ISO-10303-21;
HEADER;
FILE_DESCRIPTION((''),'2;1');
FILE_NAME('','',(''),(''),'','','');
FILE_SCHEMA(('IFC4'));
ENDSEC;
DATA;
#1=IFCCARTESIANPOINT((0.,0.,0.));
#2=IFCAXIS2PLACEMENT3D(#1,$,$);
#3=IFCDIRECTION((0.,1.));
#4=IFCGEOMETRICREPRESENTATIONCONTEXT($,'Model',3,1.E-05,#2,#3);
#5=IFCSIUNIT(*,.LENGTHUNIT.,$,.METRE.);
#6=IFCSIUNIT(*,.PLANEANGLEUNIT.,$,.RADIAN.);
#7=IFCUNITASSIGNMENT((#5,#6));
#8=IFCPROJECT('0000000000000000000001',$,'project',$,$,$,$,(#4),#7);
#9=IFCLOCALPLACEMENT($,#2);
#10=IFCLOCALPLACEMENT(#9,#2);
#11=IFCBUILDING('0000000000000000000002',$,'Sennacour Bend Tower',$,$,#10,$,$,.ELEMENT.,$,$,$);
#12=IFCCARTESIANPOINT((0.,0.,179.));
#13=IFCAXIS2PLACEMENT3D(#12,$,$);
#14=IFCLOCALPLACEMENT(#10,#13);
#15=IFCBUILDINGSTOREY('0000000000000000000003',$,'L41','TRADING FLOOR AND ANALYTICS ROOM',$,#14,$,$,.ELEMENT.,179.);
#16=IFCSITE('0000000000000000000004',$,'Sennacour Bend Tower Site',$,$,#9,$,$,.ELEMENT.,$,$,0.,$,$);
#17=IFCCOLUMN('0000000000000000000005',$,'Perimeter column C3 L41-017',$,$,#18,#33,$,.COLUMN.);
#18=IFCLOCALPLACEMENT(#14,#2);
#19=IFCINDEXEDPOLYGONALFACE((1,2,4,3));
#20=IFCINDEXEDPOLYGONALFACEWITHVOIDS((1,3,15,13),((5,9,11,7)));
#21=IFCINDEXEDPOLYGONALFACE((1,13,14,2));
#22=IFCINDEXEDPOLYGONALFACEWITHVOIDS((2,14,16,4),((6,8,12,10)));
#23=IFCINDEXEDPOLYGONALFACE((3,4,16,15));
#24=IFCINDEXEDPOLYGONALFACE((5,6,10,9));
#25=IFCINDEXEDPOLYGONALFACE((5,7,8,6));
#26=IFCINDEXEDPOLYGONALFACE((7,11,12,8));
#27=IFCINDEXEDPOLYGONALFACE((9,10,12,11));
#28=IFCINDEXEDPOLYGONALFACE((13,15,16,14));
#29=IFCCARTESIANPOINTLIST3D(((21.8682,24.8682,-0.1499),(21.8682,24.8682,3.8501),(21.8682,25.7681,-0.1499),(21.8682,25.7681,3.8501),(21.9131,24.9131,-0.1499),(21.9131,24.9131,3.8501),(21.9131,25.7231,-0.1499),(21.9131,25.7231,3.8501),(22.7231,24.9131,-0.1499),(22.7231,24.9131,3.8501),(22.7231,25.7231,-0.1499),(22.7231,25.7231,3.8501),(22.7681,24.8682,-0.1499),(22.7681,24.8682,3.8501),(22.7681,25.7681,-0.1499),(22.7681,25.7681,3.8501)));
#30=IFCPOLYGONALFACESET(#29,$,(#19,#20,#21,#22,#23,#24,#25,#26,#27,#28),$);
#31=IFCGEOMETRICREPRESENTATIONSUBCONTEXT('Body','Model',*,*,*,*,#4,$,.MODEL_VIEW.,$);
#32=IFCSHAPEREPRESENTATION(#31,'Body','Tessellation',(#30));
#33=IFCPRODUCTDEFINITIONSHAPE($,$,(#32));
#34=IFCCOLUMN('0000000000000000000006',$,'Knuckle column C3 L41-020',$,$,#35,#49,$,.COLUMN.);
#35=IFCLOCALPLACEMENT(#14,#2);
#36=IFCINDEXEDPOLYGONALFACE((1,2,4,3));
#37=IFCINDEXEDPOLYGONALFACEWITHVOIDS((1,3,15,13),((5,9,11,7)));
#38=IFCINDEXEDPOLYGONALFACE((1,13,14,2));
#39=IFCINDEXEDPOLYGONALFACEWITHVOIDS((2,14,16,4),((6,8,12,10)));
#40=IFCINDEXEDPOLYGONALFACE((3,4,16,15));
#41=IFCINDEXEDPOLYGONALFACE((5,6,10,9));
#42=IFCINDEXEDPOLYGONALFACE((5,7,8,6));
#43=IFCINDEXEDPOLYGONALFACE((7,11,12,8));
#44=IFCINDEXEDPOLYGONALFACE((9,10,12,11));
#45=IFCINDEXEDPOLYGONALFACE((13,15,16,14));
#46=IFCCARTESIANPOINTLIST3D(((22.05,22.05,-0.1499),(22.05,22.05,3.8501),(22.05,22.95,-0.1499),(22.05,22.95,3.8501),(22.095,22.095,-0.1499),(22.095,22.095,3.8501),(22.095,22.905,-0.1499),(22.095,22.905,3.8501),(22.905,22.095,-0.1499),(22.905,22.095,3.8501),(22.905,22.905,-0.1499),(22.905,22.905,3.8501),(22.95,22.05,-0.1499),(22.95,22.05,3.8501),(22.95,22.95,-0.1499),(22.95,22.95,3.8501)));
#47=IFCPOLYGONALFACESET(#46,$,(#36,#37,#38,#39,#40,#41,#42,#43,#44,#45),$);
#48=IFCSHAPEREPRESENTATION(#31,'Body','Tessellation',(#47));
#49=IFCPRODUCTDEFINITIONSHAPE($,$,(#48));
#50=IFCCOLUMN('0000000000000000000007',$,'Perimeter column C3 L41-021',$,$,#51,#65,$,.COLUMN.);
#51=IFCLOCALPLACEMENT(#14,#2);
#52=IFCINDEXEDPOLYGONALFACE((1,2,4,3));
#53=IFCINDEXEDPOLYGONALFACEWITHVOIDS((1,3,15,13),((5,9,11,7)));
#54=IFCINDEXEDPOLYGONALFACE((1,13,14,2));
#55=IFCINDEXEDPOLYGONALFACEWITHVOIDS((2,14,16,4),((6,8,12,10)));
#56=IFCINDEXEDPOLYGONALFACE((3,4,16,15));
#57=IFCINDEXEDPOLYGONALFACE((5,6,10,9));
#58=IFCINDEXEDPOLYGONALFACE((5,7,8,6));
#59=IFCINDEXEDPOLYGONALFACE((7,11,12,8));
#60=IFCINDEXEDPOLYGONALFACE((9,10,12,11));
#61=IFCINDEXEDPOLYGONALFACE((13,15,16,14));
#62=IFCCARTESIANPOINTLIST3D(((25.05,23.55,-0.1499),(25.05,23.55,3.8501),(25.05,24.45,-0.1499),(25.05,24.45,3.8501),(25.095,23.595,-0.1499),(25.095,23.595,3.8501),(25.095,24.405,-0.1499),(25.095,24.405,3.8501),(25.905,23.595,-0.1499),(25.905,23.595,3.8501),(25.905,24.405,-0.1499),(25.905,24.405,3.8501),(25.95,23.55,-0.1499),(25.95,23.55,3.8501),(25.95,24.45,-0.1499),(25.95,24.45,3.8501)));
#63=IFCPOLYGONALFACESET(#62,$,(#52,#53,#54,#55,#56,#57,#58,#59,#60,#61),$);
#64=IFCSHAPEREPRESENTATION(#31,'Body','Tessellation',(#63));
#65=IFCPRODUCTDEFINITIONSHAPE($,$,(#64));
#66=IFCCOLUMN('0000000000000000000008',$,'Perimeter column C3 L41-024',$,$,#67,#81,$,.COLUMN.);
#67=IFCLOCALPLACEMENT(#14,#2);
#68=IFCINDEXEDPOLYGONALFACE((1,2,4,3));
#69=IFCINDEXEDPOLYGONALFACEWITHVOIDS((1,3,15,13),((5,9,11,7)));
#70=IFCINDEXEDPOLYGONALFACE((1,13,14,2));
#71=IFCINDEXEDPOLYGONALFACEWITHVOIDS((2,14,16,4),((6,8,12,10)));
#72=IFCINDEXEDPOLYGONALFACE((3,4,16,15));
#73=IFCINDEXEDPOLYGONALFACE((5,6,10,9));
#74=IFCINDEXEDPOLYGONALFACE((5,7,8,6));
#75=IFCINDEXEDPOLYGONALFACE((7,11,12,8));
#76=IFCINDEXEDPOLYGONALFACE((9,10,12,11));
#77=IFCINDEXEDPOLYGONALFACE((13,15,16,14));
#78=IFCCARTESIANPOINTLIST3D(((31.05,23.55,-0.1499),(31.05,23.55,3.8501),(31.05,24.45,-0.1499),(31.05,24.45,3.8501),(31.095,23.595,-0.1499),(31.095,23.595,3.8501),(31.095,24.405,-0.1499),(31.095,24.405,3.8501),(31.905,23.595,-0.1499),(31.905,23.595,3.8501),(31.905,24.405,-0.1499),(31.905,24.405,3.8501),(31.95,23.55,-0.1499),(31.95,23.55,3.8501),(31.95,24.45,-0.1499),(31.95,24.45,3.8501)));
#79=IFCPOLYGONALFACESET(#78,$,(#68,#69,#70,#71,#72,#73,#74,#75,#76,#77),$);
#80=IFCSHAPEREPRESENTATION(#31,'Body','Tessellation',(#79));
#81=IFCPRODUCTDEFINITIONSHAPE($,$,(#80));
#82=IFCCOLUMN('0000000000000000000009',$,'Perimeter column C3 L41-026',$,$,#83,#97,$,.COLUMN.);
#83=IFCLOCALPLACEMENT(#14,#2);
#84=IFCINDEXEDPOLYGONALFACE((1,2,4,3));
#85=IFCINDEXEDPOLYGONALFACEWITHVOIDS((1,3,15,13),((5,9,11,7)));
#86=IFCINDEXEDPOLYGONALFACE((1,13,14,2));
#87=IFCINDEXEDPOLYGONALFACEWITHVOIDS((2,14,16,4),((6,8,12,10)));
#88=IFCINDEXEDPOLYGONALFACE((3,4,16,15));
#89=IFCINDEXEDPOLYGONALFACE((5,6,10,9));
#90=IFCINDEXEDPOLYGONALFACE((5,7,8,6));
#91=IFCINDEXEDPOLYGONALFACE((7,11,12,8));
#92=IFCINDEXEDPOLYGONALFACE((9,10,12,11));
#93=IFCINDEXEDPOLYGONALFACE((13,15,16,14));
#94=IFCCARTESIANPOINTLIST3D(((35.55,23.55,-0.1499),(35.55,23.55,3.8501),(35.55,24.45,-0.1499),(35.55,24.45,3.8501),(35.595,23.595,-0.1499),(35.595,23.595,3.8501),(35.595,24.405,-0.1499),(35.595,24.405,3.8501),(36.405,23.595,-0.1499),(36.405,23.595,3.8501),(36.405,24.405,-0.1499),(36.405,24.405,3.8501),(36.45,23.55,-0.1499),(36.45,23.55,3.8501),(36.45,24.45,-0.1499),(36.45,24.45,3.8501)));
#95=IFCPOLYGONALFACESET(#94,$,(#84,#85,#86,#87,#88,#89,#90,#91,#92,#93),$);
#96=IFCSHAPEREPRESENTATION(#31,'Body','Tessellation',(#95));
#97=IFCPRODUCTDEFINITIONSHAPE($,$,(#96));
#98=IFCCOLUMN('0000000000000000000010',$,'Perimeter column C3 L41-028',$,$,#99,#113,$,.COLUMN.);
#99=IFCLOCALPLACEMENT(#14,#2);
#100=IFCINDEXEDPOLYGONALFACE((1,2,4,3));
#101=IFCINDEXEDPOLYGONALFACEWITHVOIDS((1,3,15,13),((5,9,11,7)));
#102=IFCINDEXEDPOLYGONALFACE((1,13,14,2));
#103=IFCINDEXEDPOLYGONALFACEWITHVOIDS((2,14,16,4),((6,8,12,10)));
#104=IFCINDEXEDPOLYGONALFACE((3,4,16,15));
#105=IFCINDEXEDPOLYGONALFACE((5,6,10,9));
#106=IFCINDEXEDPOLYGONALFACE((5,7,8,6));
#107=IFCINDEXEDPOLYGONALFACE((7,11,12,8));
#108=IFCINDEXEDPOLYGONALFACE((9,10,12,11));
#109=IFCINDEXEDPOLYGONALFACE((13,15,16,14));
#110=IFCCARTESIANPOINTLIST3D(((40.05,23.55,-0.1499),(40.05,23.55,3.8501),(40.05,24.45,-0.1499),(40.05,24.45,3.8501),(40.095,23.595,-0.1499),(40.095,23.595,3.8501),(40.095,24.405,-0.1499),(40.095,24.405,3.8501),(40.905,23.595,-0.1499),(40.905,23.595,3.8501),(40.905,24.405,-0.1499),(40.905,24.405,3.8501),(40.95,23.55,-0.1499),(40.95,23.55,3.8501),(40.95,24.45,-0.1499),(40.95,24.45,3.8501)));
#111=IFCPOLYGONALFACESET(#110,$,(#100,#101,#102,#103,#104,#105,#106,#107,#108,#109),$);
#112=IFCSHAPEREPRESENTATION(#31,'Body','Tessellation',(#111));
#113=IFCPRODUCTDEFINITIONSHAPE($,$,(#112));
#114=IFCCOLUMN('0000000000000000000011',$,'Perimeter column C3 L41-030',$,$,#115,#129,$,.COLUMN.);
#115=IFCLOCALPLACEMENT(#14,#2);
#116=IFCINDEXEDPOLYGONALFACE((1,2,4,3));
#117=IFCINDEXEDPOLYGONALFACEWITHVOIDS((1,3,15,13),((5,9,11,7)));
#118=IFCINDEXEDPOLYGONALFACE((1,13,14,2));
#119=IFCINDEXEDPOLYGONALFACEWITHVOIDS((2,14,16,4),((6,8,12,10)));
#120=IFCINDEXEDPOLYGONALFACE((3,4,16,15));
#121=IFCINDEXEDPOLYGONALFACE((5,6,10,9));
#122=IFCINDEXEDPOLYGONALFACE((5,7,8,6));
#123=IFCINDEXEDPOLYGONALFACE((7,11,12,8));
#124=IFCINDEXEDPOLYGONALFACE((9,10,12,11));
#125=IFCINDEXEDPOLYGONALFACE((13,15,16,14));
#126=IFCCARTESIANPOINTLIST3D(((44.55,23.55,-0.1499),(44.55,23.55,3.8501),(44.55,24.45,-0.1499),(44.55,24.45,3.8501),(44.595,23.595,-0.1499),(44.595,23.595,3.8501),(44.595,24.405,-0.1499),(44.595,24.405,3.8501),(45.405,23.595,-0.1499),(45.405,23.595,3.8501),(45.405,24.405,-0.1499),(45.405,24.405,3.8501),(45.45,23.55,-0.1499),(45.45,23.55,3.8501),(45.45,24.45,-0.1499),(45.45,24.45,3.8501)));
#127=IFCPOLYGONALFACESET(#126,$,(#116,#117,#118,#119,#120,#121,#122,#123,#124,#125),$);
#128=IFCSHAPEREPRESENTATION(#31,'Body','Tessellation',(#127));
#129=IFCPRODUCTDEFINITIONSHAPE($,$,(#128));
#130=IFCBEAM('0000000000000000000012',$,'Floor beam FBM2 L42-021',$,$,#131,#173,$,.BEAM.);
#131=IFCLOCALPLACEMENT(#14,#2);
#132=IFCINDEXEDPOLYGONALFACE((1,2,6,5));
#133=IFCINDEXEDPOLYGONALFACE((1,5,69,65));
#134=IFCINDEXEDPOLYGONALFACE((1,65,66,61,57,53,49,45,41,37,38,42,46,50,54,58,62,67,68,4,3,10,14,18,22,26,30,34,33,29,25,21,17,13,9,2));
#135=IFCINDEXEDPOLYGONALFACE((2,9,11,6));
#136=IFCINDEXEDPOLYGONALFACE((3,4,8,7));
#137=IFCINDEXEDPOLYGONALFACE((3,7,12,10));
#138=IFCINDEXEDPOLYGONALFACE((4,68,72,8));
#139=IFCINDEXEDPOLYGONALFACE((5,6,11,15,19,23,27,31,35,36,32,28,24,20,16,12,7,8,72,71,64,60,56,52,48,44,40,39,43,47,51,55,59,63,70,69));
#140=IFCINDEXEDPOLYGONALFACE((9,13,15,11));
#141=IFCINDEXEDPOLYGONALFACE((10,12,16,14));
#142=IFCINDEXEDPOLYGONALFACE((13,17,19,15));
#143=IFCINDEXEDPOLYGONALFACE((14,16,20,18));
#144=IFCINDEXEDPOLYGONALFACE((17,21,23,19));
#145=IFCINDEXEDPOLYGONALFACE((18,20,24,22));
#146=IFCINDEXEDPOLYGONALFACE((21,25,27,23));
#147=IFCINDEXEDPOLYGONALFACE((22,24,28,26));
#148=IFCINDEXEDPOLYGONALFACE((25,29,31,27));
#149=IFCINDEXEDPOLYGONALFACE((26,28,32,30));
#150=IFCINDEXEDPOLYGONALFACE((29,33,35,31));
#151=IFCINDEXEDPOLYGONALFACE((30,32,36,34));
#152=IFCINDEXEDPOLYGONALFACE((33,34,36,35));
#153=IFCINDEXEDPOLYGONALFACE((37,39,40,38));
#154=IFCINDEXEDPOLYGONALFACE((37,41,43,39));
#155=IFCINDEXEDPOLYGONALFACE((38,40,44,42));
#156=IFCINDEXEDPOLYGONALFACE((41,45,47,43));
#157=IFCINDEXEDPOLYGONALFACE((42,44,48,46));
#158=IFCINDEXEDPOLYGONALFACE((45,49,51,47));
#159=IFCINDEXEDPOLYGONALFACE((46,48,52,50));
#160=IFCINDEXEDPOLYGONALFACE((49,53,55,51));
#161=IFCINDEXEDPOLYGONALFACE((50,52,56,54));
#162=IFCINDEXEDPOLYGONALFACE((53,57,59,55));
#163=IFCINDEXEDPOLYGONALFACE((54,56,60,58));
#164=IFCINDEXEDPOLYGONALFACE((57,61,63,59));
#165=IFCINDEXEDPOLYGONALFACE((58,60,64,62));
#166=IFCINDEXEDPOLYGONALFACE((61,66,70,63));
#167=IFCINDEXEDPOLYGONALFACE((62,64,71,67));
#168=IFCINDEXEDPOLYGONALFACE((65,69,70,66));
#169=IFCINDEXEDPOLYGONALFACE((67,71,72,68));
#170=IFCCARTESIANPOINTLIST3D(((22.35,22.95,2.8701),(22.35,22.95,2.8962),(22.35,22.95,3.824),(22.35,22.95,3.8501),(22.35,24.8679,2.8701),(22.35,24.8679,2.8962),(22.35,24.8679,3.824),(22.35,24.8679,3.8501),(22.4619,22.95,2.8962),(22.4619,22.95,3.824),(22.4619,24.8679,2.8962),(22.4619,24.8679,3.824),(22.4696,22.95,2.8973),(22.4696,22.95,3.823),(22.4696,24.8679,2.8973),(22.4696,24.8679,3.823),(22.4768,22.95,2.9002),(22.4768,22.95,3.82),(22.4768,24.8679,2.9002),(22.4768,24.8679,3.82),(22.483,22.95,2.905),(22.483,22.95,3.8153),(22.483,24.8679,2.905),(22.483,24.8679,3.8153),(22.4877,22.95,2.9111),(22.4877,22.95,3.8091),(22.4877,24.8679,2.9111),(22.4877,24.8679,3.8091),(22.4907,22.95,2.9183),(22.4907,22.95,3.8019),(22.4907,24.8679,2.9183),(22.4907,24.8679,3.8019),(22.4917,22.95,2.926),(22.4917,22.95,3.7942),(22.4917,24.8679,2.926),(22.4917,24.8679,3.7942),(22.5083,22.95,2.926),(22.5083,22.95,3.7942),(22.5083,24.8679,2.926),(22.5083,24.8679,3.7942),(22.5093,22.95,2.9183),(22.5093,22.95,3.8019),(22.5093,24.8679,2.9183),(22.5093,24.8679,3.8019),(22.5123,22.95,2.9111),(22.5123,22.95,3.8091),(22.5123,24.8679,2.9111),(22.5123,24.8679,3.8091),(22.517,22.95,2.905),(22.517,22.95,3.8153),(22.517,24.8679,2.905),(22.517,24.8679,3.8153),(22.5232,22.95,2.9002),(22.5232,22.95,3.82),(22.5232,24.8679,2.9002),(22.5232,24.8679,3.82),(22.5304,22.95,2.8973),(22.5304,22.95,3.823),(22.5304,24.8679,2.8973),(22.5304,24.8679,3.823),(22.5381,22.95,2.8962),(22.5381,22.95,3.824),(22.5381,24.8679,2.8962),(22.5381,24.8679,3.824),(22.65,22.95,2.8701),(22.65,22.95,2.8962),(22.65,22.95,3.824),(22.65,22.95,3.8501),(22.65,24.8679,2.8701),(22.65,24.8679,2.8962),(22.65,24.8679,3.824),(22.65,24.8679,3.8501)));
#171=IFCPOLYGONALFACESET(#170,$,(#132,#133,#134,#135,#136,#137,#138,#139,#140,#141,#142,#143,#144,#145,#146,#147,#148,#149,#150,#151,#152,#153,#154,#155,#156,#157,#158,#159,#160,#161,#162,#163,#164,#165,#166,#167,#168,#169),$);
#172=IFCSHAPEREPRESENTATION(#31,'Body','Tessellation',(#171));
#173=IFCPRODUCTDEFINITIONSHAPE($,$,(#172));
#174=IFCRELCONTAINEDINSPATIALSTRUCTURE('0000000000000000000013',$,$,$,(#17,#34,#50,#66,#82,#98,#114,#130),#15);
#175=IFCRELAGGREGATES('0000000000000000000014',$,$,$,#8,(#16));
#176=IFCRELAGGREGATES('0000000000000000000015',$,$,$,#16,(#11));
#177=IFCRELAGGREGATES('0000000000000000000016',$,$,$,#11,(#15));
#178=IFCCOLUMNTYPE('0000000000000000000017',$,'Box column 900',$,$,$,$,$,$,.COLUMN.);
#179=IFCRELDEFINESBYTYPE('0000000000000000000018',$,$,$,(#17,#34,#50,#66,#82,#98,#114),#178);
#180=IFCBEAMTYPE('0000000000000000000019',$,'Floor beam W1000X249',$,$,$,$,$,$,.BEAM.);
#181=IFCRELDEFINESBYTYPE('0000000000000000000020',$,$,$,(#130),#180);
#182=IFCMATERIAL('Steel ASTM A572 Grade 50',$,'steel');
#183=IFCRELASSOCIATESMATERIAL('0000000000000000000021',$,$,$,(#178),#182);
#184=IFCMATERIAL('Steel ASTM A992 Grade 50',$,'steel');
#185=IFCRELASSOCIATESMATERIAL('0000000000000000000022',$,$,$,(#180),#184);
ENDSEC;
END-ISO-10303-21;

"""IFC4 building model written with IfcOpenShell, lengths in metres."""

from ifc_helpers import new_model, si_unit, direction, frame, origin, origin_2d, place, context, subcontext, project, spatial, hollow_rectangle, i_section, extrude, material, material_profile, profile_set, type_object, element, save


model = new_model("IFC4")

# Units and contexts
model_context = context("Model", 3, precision=1e-05, world=origin(), true_north=direction((0.0, 1.0)))
body_context = subcontext(model_context, "Body", "Model", "MODEL_VIEW")
ifc_project = project(units=[si_unit("LENGTHUNIT", "METRE"), si_unit("PLANEANGLEUNIT", "RADIAN")], contexts=[model_context])

# Site, building, storey
site_placement = place(None, origin())
site = spatial("IfcSite", under=ifc_project, at=site_placement, Name="Sennacour Bend Tower Site", CompositionType="ELEMENT", RefElevation=0.0)
building_placement = place(site_placement, origin())
building = spatial("IfcBuilding", under=site, at=building_placement, Name="Sennacour Bend Tower", CompositionType="ELEMENT")
storey_placement = place(building_placement, frame((0.0, 0.0, 179.0)))
storey = spatial("IfcBuildingStorey", under=building, at=storey_placement, Name="L41", Description="TRADING FLOOR AND ANALYTICS ROOM", CompositionType="ELEMENT", Elevation=179.0)

# Columns
ifc_material_1 = material(Name="Steel ASTM A572 Grade 50", Category="steel")
ifc_material_profile_1 = material_profile(ifc_material_1, hollow_rectangle(XDim=0.8999, YDim=0.8999, WallThickness=0.0449, at=origin_2d()), Name="Steel ASTM A572 Grade 50", Category="steel")
ifc_profile_set_1 = profile_set([ifc_material_profile_1], Name="Steel ASTM A572 Grade 50")
column_type = type_object("IfcColumnType", Name="Box column 900", PredefinedType="COLUMN", material=ifc_profile_set_1)
for number, where, z_axis, x_axis, name in (
    (1, (22.3181, 25.3181, -0.1499), (0.0, 0.0, 1.0), (1.0, 0.0, 0.0), "Perimeter column C3 L41-017"),
    (2, (22.5, 22.5, -0.1499), (0.0, 0.0, 1.0), (1.0, 0.0, 0.0), "Knuckle column C3 L41-020"),
    (3, (25.5, 24.0, -0.1499), (0.0, 0.0, 1.0), (1.0, 0.0, 0.0), "Perimeter column C3 L41-021"),
    (4, (31.5, 24.0, -0.1499), (0.0, 0.0, 1.0), (1.0, 0.0, 0.0), "Perimeter column C3 L41-024"),
    (5, (36.0, 24.0, -0.1499), (0.0, 0.0, 1.0), (1.0, 0.0, 0.0), "Perimeter column C3 L41-026"),
    (6, (40.5, 24.0, -0.1499), (0.0, 0.0, 1.0), (1.0, 0.0, 0.0), "Perimeter column C3 L41-028"),
    (7, (45.0, 24.0, -0.1499), (0.0, 0.0, 1.0), (1.0, 0.0, 0.0), "Perimeter column C3 L41-030"),
):
    element("IfcColumn", number, at=place(storey_placement, frame(where, z_axis=z_axis, x_axis=x_axis)), inside=storey, type_object=column_type, Name=name, PredefinedType="COLUMN", context=body_context, shape_type="SweptSolid", body=[
        extrude(hollow_rectangle(XDim=0.8999, YDim=0.8999, WallThickness=0.0449, at=origin_2d()), origin(), (0.0, 0.0, 1.0), 4.0),
    ])

# Beam
ifc_material_2 = material(Name="Steel ASTM A992 Grade 50", Category="steel")
ifc_material_profile_2 = material_profile(ifc_material_2, i_section(OverallWidth=0.3, OverallDepth=0.98, WebThickness=0.0166, FlangeThickness=0.0261, FilletRadius=0.0298, at=origin_2d()), Name="Steel ASTM A992 Grade 50", Category="steel")
ifc_profile_set_2 = profile_set([ifc_material_profile_2], Name="Steel ASTM A992 Grade 50")
beam_type_1 = type_object("IfcBeamType", Name="Floor beam W1000X249", PredefinedType="BEAM", material=ifc_profile_set_2)
beam_1_placement = place(storey_placement, frame((22.5, 22.95, 3.3601), z_axis=(0.0, 1.0, 0.0), x_axis=(-1.0, 0.0, 0.0)))
element("IfcBeam", 8, at=beam_1_placement, inside=storey, type_object=beam_type_1, Name="Floor beam FBM2 L42-021", PredefinedType="BEAM", context=body_context, shape_type="SweptSolid", body=[
    extrude(i_section(OverallWidth=0.3, OverallDepth=0.98, WebThickness=0.0166, FlangeThickness=0.0261, FilletRadius=0.0298, at=origin_2d()), origin(), (0.0, 0.0, 1.0), 1.918),
])

save(model, "model.ifc")
